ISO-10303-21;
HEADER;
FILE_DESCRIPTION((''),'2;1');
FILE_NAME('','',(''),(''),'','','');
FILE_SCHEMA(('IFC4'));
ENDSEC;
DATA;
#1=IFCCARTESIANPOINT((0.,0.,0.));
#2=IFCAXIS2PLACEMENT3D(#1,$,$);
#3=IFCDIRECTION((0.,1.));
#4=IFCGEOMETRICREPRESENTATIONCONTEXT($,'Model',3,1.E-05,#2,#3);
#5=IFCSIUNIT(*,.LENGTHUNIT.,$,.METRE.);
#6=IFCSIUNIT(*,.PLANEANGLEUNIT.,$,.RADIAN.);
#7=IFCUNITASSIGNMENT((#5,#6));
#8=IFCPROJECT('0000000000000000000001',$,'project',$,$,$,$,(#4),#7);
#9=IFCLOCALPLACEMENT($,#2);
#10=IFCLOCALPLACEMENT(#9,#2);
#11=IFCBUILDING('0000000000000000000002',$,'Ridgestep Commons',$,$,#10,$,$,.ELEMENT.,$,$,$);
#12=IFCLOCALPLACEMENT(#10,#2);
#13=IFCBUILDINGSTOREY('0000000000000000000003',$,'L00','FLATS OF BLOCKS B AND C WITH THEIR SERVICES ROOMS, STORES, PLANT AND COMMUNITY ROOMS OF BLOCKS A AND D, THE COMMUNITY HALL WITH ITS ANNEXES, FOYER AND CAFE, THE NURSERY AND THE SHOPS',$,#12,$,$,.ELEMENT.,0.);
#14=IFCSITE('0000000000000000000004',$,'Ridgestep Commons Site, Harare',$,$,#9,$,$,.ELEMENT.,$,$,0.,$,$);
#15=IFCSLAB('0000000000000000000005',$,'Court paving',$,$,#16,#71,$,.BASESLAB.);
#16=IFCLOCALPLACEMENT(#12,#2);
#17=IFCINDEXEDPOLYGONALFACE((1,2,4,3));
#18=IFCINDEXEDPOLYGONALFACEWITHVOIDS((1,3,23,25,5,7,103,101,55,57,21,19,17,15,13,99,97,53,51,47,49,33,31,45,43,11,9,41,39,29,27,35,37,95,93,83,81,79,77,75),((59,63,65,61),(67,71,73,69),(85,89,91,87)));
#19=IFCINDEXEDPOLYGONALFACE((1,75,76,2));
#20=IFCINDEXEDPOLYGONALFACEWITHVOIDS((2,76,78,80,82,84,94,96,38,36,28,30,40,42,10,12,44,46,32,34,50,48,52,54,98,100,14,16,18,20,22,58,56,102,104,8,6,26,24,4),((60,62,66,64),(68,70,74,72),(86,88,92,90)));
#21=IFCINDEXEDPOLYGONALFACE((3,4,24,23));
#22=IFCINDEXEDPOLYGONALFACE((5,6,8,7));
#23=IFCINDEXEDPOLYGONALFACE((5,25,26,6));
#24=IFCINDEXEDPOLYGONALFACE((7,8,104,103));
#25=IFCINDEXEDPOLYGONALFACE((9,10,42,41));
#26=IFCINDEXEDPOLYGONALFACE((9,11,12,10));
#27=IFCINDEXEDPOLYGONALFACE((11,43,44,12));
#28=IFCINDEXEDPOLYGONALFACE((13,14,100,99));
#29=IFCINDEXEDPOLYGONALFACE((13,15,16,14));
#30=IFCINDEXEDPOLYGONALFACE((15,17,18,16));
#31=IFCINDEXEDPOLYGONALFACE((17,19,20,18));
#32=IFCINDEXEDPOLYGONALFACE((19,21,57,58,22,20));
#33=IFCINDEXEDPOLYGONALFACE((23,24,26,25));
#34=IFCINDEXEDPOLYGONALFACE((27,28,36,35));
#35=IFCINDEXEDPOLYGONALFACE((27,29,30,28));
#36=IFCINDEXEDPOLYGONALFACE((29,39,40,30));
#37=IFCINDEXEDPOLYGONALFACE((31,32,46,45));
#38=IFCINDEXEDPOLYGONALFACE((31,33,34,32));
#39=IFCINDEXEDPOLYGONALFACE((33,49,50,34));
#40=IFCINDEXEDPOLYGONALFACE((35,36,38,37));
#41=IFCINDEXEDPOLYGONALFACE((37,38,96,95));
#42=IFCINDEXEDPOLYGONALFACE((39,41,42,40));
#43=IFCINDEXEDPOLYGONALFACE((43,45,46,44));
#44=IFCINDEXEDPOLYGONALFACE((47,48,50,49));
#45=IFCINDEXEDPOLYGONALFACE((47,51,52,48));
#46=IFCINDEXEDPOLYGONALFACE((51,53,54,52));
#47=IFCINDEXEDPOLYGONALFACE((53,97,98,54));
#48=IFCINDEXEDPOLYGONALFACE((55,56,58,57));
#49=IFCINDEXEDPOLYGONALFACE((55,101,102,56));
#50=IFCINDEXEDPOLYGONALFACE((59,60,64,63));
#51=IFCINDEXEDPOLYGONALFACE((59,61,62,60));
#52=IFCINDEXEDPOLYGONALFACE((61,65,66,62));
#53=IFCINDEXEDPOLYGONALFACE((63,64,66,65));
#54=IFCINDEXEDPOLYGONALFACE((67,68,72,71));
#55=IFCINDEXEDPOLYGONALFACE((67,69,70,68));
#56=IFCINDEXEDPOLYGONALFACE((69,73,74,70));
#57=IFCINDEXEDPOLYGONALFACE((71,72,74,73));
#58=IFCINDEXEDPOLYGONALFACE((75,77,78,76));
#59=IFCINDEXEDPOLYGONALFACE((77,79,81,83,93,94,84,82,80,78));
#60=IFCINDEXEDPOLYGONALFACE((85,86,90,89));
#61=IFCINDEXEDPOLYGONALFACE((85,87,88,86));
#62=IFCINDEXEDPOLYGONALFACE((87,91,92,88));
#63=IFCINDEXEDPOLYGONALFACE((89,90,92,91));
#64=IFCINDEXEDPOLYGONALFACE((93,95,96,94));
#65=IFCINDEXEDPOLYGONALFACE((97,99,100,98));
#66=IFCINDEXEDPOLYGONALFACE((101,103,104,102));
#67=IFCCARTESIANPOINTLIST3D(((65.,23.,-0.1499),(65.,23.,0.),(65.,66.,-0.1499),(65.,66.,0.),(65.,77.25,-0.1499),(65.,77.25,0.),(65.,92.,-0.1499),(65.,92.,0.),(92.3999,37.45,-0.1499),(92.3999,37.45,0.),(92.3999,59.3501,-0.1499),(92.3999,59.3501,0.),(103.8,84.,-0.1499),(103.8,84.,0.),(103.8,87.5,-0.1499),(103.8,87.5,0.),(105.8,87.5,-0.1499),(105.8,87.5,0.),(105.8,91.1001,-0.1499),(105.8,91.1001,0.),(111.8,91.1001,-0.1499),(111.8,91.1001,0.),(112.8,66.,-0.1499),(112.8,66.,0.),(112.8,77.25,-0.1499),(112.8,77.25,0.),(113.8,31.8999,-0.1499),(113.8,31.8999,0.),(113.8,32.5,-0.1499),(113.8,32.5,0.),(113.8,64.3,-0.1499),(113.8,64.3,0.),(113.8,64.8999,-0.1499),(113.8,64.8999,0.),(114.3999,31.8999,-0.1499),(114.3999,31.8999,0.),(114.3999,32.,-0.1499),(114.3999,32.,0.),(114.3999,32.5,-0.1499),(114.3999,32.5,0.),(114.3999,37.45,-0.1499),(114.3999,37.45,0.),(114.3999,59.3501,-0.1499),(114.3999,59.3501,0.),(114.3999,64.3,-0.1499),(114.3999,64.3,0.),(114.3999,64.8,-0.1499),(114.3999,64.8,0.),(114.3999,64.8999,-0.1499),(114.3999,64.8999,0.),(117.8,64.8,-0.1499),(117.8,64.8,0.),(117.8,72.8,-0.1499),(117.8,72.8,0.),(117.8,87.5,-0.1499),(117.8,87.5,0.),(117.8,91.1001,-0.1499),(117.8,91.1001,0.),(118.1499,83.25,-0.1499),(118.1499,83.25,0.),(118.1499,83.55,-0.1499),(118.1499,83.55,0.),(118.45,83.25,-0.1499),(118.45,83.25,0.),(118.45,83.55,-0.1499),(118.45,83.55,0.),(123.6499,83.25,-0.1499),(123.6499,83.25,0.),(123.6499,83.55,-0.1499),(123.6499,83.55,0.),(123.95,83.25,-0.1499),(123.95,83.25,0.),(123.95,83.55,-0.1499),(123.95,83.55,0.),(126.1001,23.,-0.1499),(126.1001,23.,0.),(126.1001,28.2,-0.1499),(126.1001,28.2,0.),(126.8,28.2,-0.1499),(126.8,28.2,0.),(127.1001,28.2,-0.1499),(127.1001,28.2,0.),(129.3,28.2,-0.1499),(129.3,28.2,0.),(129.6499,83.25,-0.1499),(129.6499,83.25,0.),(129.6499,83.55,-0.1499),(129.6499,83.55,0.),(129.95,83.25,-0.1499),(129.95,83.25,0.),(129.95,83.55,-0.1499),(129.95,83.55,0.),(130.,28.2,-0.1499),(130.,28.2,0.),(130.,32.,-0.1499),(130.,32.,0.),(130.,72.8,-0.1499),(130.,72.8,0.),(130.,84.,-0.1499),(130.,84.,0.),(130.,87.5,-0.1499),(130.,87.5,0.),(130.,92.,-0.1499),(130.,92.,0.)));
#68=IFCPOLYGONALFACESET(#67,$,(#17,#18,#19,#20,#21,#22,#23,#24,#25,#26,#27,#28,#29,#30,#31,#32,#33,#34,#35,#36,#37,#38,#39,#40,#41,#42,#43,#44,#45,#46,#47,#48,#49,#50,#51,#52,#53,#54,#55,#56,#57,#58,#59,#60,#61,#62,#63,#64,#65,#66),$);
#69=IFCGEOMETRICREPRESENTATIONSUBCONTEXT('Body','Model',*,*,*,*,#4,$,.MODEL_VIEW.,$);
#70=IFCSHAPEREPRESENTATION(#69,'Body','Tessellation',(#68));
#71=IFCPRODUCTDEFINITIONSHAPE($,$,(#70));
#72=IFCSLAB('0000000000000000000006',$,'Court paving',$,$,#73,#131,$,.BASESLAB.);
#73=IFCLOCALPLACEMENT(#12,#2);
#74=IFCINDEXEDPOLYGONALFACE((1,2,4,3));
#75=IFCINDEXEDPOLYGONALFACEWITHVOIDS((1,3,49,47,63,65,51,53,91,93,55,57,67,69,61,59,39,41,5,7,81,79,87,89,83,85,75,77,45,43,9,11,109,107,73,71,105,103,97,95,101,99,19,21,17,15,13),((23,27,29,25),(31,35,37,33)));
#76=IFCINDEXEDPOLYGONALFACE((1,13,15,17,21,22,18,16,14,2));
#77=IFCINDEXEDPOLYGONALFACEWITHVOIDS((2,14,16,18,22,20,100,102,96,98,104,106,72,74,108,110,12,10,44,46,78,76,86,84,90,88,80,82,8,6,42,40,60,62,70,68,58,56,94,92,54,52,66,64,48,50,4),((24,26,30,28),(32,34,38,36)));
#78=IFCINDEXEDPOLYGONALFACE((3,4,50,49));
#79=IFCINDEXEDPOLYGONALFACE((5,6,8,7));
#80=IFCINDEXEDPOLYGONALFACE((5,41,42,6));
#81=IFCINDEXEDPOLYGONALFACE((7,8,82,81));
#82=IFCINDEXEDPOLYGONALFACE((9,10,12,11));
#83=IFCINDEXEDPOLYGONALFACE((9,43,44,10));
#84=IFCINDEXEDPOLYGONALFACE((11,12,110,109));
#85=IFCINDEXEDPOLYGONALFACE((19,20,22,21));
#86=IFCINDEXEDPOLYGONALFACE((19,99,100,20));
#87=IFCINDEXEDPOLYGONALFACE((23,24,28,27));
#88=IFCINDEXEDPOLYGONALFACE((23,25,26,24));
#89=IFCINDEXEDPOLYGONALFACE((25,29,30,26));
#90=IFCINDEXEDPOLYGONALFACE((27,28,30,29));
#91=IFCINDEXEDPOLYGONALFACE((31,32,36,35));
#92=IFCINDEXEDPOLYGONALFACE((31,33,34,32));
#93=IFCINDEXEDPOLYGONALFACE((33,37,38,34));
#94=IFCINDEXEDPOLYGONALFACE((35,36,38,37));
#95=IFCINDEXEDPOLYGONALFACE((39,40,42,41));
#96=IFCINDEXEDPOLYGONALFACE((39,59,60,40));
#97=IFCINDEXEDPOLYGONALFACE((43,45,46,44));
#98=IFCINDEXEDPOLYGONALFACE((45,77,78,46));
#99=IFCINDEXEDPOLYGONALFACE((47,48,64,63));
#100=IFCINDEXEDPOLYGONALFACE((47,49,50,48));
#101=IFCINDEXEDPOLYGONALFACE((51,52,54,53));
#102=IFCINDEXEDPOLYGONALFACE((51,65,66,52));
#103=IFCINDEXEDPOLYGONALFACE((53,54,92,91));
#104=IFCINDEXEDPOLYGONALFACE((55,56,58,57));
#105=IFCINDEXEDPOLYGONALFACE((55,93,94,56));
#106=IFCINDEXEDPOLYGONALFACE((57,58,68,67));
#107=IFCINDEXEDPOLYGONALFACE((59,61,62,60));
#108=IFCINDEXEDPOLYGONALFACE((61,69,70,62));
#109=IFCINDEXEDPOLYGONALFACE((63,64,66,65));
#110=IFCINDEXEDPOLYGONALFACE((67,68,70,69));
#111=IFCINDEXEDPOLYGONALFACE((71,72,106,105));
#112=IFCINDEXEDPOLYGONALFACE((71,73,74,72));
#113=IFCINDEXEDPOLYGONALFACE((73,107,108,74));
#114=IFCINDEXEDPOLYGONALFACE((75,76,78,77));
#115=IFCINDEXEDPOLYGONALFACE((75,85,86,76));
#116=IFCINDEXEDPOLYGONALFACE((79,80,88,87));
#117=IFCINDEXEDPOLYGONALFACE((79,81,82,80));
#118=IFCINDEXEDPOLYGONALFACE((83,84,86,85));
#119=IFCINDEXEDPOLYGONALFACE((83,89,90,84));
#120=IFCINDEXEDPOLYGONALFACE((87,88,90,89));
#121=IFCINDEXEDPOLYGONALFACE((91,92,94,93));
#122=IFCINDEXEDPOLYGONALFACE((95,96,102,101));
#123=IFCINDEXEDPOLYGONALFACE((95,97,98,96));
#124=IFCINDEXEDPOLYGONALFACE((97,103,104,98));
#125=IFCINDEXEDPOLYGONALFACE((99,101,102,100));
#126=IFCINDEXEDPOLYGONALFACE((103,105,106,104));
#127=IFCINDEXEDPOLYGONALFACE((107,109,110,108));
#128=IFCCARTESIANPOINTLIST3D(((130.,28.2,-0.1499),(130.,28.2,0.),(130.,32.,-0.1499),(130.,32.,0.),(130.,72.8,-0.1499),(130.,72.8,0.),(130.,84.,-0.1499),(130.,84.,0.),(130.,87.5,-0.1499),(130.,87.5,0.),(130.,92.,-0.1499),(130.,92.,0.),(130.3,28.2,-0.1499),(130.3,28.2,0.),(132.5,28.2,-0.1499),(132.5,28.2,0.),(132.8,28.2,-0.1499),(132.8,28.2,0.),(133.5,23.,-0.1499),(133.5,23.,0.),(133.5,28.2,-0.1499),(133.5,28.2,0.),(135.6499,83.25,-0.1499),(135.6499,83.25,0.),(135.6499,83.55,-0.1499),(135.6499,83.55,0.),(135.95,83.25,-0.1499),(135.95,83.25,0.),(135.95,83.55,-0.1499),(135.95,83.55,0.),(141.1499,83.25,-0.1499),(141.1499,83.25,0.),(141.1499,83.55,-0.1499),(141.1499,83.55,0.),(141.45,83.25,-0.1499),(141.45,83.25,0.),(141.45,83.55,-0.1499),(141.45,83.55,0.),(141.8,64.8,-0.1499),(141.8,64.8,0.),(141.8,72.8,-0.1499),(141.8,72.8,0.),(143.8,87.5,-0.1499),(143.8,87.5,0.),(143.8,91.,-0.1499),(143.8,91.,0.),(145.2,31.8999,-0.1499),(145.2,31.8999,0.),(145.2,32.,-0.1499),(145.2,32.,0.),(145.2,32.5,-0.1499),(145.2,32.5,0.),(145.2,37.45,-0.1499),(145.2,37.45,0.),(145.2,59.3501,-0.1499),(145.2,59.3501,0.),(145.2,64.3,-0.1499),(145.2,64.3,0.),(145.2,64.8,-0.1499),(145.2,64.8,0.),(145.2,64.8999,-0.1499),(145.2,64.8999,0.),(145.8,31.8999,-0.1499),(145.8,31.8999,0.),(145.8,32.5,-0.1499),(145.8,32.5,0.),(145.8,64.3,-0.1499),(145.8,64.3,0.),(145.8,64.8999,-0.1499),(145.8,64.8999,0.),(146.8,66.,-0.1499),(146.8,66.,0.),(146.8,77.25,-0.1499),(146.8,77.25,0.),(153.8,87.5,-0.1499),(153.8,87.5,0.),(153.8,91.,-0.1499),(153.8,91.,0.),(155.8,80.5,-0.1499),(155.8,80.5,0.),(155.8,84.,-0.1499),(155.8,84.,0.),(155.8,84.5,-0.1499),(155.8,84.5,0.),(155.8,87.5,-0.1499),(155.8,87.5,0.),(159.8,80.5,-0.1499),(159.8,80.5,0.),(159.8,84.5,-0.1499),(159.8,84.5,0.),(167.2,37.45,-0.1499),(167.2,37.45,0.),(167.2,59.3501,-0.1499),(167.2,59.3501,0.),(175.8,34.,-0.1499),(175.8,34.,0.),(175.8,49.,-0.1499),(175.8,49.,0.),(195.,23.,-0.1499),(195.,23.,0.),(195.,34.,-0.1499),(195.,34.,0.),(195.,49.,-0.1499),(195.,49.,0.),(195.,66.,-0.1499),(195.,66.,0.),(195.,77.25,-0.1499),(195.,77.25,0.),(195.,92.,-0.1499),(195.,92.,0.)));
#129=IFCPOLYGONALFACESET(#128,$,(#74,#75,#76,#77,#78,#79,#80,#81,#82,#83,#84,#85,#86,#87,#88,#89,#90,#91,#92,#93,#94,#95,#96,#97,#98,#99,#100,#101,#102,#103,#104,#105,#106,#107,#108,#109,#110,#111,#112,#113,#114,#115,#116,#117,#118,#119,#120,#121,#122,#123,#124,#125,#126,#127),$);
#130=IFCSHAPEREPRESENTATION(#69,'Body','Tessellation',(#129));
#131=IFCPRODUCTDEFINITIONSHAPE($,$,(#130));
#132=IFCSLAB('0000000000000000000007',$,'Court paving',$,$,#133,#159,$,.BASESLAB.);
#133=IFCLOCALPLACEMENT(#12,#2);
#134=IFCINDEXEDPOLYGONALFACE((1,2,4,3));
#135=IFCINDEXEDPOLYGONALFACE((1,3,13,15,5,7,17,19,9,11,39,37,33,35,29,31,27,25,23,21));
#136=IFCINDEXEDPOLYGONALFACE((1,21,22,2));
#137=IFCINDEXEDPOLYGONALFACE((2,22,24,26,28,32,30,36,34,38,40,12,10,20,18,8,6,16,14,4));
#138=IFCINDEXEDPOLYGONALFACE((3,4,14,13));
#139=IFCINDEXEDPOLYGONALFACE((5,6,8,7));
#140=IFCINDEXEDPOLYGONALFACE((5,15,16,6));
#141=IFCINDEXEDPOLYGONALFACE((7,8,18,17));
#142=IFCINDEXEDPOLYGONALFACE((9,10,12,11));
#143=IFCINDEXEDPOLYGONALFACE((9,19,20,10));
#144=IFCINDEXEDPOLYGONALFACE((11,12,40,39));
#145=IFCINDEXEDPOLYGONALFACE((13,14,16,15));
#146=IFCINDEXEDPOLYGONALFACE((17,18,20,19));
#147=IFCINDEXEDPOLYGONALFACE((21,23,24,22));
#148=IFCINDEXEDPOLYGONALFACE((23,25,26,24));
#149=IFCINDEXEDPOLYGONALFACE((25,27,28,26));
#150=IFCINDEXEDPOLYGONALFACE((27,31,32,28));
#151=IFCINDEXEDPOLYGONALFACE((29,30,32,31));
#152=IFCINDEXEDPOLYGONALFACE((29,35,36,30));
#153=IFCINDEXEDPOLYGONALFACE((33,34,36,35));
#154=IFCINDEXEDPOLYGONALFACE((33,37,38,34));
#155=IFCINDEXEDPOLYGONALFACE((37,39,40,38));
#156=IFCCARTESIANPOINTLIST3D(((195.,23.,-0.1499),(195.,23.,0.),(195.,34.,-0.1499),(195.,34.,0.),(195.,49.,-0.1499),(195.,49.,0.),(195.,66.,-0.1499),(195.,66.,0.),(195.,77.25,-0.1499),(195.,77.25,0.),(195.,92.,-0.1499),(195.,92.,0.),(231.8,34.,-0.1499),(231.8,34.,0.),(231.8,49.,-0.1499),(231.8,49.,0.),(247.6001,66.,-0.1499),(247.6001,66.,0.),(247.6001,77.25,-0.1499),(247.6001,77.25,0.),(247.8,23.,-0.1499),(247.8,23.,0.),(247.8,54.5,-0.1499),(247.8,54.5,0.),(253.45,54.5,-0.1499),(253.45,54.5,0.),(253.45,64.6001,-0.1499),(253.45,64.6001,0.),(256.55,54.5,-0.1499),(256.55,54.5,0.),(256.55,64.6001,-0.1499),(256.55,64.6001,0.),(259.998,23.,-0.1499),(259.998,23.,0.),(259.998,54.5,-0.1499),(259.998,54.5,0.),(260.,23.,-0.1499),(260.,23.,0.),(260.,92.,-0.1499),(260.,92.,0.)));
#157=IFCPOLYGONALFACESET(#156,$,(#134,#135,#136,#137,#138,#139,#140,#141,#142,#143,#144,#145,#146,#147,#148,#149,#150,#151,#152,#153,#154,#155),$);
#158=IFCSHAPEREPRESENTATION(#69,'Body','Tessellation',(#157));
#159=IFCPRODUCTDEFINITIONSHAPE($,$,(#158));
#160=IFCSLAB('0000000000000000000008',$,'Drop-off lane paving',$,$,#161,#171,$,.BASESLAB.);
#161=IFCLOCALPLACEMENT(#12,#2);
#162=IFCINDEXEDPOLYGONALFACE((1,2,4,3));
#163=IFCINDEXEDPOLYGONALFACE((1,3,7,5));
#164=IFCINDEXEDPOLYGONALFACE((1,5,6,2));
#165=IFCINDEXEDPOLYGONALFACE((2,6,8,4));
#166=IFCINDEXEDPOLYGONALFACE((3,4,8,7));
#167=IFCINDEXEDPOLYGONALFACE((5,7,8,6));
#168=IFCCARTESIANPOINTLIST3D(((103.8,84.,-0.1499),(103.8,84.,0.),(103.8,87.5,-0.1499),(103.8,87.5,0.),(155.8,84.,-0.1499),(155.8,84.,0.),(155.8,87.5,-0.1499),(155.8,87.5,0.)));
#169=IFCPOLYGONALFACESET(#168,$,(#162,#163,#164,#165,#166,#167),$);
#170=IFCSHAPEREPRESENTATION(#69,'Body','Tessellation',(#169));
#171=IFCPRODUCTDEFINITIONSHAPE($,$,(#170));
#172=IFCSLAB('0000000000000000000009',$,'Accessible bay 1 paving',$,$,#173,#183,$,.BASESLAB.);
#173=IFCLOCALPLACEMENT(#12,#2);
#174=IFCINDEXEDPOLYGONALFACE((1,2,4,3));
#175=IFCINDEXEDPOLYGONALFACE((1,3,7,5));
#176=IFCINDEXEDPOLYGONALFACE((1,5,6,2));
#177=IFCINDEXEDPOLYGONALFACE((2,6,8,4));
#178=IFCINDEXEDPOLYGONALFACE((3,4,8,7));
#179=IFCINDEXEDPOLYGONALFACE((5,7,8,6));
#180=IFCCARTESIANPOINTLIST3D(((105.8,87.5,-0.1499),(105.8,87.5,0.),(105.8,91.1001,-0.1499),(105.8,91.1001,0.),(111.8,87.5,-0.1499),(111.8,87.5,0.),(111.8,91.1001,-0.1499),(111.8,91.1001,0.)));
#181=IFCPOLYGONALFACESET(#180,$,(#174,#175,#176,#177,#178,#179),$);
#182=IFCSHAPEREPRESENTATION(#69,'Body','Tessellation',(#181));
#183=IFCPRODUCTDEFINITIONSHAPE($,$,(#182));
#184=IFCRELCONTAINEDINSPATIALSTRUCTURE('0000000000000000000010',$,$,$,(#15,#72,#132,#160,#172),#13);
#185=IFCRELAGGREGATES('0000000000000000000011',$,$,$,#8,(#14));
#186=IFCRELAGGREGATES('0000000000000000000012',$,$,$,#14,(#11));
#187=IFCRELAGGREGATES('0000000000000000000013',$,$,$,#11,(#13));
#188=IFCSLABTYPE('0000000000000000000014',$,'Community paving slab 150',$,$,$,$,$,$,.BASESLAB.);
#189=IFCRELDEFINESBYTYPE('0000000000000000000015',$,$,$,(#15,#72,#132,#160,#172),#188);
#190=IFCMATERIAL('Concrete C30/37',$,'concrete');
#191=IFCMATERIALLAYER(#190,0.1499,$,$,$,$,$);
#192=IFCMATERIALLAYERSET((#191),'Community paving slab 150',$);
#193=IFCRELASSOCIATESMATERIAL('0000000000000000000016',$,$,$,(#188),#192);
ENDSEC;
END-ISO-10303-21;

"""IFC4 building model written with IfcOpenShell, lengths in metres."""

from ifc_helpers import new_model, si_unit, direction, frame, origin, place, context, subcontext, project, spatial, polyline, outline, extrude, material, layer, layer_set, type_object, element, save


model = new_model("IFC4")

# Units and contexts
model_context = context("Model", 3, precision=1e-05, world=origin(), true_north=direction((0.0, 1.0)))
body_context = subcontext(model_context, "Body", "Model", "MODEL_VIEW")
ifc_project = project(units=[si_unit("LENGTHUNIT", "METRE"), si_unit("PLANEANGLEUNIT", "RADIAN")], contexts=[model_context])

# Site, building, storey
site_placement = place(None, origin())
site = spatial("IfcSite", under=ifc_project, at=site_placement, Name="Ridgestep Commons Site, Harare", CompositionType="ELEMENT", RefElevation=0.0)
building_placement = place(site_placement, origin())
building = spatial("IfcBuilding", under=site, at=building_placement, Name="Ridgestep Commons", CompositionType="ELEMENT")
storey_placement = place(building_placement, origin())
storey = spatial("IfcBuildingStorey", under=building, at=storey_placement, Name="L00", Description="FLATS OF BLOCKS B AND C WITH THEIR SERVICES ROOMS, STORES, PLANT AND COMMUNITY ROOMS OF BLOCKS A AND D, THE COMMUNITY HALL WITH ITS ANNEXES, FOYER AND CAFE, THE NURSERY AND THE SHOPS", CompositionType="ELEMENT", Elevation=0.0)

# Slabs
ifc_material_1 = material(Name="Concrete C30/37", Category="concrete")
ifc_layer_1 = layer(ifc_material_1, 0.1499)
ifc_layer_set_1 = layer_set([ifc_layer_1], Name="Community paving slab 150")
slab_type_1 = type_object("IfcSlabType", Name="Community paving slab 150", PredefinedType="BASESLAB", material=ifc_layer_set_1)
slab_1_placement = place(storey_placement, frame((0.0, 0.0, -0.1499)))
element("IfcSlab", 1, at=slab_1_placement, inside=storey, type_object=slab_type_1, Name="Court paving", PredefinedType="BASESLAB", context=body_context, shape_type="SweptSolid", body=[
    extrude(outline(polyline([(130.0, 28.2), (129.3, 28.2), (127.1001, 28.2), (126.8, 28.2), (126.1001, 28.2), (126.1001, 23.0), (65.0, 23.0), (65.0, 66.0), (112.8, 66.0), (112.8, 77.25), (65.0, 77.25), (65.0, 92.0), (130.0, 92.0), (130.0, 87.5), (117.8, 87.5), (117.8, 91.1001), (111.8, 91.1001), (105.8, 91.1001), (105.8, 87.5), (103.8, 87.5), (103.8, 84.0), (130.0, 84.0), (130.0, 72.8), (117.8, 72.8), (117.8, 64.8), (114.3999, 64.8), (114.3999, 64.8999), (113.8, 64.8999), (113.8, 64.3), (114.3999, 64.3), (114.3999, 59.3501), (92.3999, 59.3501), (92.3999, 37.45), (114.3999, 37.45), (114.3999, 32.5), (113.8, 32.5), (113.8, 31.8999), (114.3999, 31.8999), (114.3999, 32.0), (130.0, 32.0), (130.0, 28.2)]), holes=[polyline([(118.45, 83.25), (118.45, 83.55), (118.1499, 83.55), (118.1499, 83.25), (118.45, 83.25)]), polyline([(123.95, 83.55), (123.6499, 83.55), (123.6499, 83.25), (123.95, 83.25), (123.95, 83.55)]), polyline([(129.95, 83.25), (129.95, 83.55), (129.6499, 83.55), (129.6499, 83.25), (129.95, 83.25)])]), origin(), (0.0, 0.0, 1.0), 0.1499),
])
slab_2_placement = place(storey_placement, frame((0.0, 0.0, -0.1499)))
element("IfcSlab", 2, at=slab_2_placement, inside=storey, type_object=slab_type_1, Name="Court paving", PredefinedType="BASESLAB", context=body_context, shape_type="SweptSolid", body=[
    extrude(outline(polyline([(195.0, 23.0), (133.5, 23.0), (133.5, 28.2), (132.8, 28.2), (132.5, 28.2), (130.3, 28.2), (130.0, 28.2), (130.0, 32.0), (145.2, 32.0), (145.2, 31.8999), (145.8, 31.8999), (145.8, 32.5), (145.2, 32.5), (145.2, 37.45), (167.2, 37.45), (167.2, 59.3501), (145.2, 59.3501), (145.2, 64.3), (145.8, 64.3), (145.8, 64.8999), (145.2, 64.8999), (145.2, 64.8), (141.8, 64.8), (141.8, 72.8), (130.0, 72.8), (130.0, 84.0), (155.8, 84.0), (155.8, 80.5), (159.8, 80.5), (159.8, 84.5), (155.8, 84.5), (155.8, 87.5), (153.8, 87.5), (153.8, 91.0), (143.8, 91.0), (143.8, 87.5), (130.0, 87.5), (130.0, 92.0), (195.0, 92.0), (195.0, 77.25), (146.8, 77.25), (146.8, 66.0), (195.0, 66.0), (195.0, 49.0), (175.8, 49.0), (175.8, 34.0), (195.0, 34.0), (195.0, 23.0)]), holes=[polyline([(135.95, 83.25), (135.95, 83.55), (135.6499, 83.55), (135.6499, 83.25), (135.95, 83.25)]), polyline([(141.45, 83.55), (141.1499, 83.55), (141.1499, 83.25), (141.45, 83.25), (141.45, 83.55)])]), origin(), (0.0, 0.0, 1.0), 0.1499),
])
slab_3_placement = place(storey_placement, frame((0.0, 0.0, -0.1499)))
element("IfcSlab", 3, at=slab_3_placement, inside=storey, type_object=slab_type_1, Name="Court paving", PredefinedType="BASESLAB", context=body_context, shape_type="SweptSolid", body=[
    extrude(outline(polyline([(195.0, 92.0), (260.0, 92.0), (260.0, 23.0), (259.998, 23.0), (259.998, 54.5), (256.55, 54.5), (256.55, 64.6001), (253.45, 64.6001), (253.45, 54.5), (247.8, 54.5), (247.8, 23.0), (195.0, 23.0), (195.0, 34.0), (231.8, 34.0), (231.8, 49.0), (195.0, 49.0), (195.0, 66.0), (247.6001, 66.0), (247.6001, 77.25), (195.0, 77.25), (195.0, 92.0)])), origin(), (0.0, 0.0, 1.0), 0.1499),
])
slab_4_placement = place(storey_placement, frame((0.0, 0.0, -0.1499)))
element("IfcSlab", 4, at=slab_4_placement, inside=storey, type_object=slab_type_1, Name="Drop-off lane paving", PredefinedType="BASESLAB", context=body_context, shape_type="SweptSolid", body=[
    extrude(outline(polyline([(103.8, 84.0), (155.8, 84.0), (155.8, 87.5), (103.8, 87.5), (103.8, 84.0)])), origin(), (0.0, 0.0, 1.0), 0.1499),
])
slab_5_placement = place(storey_placement, frame((0.0, 0.0, -0.1499)))
element("IfcSlab", 5, at=slab_5_placement, inside=storey, type_object=slab_type_1, Name="Accessible bay 1 paving", PredefinedType="BASESLAB", context=body_context, shape_type="SweptSolid", body=[
    extrude(outline(polyline([(105.8, 87.5), (111.8, 87.5), (111.8, 91.1001), (105.8, 91.1001), (105.8, 87.5)])), origin(), (0.0, 0.0, 1.0), 0.1499),
])

save(model, "model.ifc")
